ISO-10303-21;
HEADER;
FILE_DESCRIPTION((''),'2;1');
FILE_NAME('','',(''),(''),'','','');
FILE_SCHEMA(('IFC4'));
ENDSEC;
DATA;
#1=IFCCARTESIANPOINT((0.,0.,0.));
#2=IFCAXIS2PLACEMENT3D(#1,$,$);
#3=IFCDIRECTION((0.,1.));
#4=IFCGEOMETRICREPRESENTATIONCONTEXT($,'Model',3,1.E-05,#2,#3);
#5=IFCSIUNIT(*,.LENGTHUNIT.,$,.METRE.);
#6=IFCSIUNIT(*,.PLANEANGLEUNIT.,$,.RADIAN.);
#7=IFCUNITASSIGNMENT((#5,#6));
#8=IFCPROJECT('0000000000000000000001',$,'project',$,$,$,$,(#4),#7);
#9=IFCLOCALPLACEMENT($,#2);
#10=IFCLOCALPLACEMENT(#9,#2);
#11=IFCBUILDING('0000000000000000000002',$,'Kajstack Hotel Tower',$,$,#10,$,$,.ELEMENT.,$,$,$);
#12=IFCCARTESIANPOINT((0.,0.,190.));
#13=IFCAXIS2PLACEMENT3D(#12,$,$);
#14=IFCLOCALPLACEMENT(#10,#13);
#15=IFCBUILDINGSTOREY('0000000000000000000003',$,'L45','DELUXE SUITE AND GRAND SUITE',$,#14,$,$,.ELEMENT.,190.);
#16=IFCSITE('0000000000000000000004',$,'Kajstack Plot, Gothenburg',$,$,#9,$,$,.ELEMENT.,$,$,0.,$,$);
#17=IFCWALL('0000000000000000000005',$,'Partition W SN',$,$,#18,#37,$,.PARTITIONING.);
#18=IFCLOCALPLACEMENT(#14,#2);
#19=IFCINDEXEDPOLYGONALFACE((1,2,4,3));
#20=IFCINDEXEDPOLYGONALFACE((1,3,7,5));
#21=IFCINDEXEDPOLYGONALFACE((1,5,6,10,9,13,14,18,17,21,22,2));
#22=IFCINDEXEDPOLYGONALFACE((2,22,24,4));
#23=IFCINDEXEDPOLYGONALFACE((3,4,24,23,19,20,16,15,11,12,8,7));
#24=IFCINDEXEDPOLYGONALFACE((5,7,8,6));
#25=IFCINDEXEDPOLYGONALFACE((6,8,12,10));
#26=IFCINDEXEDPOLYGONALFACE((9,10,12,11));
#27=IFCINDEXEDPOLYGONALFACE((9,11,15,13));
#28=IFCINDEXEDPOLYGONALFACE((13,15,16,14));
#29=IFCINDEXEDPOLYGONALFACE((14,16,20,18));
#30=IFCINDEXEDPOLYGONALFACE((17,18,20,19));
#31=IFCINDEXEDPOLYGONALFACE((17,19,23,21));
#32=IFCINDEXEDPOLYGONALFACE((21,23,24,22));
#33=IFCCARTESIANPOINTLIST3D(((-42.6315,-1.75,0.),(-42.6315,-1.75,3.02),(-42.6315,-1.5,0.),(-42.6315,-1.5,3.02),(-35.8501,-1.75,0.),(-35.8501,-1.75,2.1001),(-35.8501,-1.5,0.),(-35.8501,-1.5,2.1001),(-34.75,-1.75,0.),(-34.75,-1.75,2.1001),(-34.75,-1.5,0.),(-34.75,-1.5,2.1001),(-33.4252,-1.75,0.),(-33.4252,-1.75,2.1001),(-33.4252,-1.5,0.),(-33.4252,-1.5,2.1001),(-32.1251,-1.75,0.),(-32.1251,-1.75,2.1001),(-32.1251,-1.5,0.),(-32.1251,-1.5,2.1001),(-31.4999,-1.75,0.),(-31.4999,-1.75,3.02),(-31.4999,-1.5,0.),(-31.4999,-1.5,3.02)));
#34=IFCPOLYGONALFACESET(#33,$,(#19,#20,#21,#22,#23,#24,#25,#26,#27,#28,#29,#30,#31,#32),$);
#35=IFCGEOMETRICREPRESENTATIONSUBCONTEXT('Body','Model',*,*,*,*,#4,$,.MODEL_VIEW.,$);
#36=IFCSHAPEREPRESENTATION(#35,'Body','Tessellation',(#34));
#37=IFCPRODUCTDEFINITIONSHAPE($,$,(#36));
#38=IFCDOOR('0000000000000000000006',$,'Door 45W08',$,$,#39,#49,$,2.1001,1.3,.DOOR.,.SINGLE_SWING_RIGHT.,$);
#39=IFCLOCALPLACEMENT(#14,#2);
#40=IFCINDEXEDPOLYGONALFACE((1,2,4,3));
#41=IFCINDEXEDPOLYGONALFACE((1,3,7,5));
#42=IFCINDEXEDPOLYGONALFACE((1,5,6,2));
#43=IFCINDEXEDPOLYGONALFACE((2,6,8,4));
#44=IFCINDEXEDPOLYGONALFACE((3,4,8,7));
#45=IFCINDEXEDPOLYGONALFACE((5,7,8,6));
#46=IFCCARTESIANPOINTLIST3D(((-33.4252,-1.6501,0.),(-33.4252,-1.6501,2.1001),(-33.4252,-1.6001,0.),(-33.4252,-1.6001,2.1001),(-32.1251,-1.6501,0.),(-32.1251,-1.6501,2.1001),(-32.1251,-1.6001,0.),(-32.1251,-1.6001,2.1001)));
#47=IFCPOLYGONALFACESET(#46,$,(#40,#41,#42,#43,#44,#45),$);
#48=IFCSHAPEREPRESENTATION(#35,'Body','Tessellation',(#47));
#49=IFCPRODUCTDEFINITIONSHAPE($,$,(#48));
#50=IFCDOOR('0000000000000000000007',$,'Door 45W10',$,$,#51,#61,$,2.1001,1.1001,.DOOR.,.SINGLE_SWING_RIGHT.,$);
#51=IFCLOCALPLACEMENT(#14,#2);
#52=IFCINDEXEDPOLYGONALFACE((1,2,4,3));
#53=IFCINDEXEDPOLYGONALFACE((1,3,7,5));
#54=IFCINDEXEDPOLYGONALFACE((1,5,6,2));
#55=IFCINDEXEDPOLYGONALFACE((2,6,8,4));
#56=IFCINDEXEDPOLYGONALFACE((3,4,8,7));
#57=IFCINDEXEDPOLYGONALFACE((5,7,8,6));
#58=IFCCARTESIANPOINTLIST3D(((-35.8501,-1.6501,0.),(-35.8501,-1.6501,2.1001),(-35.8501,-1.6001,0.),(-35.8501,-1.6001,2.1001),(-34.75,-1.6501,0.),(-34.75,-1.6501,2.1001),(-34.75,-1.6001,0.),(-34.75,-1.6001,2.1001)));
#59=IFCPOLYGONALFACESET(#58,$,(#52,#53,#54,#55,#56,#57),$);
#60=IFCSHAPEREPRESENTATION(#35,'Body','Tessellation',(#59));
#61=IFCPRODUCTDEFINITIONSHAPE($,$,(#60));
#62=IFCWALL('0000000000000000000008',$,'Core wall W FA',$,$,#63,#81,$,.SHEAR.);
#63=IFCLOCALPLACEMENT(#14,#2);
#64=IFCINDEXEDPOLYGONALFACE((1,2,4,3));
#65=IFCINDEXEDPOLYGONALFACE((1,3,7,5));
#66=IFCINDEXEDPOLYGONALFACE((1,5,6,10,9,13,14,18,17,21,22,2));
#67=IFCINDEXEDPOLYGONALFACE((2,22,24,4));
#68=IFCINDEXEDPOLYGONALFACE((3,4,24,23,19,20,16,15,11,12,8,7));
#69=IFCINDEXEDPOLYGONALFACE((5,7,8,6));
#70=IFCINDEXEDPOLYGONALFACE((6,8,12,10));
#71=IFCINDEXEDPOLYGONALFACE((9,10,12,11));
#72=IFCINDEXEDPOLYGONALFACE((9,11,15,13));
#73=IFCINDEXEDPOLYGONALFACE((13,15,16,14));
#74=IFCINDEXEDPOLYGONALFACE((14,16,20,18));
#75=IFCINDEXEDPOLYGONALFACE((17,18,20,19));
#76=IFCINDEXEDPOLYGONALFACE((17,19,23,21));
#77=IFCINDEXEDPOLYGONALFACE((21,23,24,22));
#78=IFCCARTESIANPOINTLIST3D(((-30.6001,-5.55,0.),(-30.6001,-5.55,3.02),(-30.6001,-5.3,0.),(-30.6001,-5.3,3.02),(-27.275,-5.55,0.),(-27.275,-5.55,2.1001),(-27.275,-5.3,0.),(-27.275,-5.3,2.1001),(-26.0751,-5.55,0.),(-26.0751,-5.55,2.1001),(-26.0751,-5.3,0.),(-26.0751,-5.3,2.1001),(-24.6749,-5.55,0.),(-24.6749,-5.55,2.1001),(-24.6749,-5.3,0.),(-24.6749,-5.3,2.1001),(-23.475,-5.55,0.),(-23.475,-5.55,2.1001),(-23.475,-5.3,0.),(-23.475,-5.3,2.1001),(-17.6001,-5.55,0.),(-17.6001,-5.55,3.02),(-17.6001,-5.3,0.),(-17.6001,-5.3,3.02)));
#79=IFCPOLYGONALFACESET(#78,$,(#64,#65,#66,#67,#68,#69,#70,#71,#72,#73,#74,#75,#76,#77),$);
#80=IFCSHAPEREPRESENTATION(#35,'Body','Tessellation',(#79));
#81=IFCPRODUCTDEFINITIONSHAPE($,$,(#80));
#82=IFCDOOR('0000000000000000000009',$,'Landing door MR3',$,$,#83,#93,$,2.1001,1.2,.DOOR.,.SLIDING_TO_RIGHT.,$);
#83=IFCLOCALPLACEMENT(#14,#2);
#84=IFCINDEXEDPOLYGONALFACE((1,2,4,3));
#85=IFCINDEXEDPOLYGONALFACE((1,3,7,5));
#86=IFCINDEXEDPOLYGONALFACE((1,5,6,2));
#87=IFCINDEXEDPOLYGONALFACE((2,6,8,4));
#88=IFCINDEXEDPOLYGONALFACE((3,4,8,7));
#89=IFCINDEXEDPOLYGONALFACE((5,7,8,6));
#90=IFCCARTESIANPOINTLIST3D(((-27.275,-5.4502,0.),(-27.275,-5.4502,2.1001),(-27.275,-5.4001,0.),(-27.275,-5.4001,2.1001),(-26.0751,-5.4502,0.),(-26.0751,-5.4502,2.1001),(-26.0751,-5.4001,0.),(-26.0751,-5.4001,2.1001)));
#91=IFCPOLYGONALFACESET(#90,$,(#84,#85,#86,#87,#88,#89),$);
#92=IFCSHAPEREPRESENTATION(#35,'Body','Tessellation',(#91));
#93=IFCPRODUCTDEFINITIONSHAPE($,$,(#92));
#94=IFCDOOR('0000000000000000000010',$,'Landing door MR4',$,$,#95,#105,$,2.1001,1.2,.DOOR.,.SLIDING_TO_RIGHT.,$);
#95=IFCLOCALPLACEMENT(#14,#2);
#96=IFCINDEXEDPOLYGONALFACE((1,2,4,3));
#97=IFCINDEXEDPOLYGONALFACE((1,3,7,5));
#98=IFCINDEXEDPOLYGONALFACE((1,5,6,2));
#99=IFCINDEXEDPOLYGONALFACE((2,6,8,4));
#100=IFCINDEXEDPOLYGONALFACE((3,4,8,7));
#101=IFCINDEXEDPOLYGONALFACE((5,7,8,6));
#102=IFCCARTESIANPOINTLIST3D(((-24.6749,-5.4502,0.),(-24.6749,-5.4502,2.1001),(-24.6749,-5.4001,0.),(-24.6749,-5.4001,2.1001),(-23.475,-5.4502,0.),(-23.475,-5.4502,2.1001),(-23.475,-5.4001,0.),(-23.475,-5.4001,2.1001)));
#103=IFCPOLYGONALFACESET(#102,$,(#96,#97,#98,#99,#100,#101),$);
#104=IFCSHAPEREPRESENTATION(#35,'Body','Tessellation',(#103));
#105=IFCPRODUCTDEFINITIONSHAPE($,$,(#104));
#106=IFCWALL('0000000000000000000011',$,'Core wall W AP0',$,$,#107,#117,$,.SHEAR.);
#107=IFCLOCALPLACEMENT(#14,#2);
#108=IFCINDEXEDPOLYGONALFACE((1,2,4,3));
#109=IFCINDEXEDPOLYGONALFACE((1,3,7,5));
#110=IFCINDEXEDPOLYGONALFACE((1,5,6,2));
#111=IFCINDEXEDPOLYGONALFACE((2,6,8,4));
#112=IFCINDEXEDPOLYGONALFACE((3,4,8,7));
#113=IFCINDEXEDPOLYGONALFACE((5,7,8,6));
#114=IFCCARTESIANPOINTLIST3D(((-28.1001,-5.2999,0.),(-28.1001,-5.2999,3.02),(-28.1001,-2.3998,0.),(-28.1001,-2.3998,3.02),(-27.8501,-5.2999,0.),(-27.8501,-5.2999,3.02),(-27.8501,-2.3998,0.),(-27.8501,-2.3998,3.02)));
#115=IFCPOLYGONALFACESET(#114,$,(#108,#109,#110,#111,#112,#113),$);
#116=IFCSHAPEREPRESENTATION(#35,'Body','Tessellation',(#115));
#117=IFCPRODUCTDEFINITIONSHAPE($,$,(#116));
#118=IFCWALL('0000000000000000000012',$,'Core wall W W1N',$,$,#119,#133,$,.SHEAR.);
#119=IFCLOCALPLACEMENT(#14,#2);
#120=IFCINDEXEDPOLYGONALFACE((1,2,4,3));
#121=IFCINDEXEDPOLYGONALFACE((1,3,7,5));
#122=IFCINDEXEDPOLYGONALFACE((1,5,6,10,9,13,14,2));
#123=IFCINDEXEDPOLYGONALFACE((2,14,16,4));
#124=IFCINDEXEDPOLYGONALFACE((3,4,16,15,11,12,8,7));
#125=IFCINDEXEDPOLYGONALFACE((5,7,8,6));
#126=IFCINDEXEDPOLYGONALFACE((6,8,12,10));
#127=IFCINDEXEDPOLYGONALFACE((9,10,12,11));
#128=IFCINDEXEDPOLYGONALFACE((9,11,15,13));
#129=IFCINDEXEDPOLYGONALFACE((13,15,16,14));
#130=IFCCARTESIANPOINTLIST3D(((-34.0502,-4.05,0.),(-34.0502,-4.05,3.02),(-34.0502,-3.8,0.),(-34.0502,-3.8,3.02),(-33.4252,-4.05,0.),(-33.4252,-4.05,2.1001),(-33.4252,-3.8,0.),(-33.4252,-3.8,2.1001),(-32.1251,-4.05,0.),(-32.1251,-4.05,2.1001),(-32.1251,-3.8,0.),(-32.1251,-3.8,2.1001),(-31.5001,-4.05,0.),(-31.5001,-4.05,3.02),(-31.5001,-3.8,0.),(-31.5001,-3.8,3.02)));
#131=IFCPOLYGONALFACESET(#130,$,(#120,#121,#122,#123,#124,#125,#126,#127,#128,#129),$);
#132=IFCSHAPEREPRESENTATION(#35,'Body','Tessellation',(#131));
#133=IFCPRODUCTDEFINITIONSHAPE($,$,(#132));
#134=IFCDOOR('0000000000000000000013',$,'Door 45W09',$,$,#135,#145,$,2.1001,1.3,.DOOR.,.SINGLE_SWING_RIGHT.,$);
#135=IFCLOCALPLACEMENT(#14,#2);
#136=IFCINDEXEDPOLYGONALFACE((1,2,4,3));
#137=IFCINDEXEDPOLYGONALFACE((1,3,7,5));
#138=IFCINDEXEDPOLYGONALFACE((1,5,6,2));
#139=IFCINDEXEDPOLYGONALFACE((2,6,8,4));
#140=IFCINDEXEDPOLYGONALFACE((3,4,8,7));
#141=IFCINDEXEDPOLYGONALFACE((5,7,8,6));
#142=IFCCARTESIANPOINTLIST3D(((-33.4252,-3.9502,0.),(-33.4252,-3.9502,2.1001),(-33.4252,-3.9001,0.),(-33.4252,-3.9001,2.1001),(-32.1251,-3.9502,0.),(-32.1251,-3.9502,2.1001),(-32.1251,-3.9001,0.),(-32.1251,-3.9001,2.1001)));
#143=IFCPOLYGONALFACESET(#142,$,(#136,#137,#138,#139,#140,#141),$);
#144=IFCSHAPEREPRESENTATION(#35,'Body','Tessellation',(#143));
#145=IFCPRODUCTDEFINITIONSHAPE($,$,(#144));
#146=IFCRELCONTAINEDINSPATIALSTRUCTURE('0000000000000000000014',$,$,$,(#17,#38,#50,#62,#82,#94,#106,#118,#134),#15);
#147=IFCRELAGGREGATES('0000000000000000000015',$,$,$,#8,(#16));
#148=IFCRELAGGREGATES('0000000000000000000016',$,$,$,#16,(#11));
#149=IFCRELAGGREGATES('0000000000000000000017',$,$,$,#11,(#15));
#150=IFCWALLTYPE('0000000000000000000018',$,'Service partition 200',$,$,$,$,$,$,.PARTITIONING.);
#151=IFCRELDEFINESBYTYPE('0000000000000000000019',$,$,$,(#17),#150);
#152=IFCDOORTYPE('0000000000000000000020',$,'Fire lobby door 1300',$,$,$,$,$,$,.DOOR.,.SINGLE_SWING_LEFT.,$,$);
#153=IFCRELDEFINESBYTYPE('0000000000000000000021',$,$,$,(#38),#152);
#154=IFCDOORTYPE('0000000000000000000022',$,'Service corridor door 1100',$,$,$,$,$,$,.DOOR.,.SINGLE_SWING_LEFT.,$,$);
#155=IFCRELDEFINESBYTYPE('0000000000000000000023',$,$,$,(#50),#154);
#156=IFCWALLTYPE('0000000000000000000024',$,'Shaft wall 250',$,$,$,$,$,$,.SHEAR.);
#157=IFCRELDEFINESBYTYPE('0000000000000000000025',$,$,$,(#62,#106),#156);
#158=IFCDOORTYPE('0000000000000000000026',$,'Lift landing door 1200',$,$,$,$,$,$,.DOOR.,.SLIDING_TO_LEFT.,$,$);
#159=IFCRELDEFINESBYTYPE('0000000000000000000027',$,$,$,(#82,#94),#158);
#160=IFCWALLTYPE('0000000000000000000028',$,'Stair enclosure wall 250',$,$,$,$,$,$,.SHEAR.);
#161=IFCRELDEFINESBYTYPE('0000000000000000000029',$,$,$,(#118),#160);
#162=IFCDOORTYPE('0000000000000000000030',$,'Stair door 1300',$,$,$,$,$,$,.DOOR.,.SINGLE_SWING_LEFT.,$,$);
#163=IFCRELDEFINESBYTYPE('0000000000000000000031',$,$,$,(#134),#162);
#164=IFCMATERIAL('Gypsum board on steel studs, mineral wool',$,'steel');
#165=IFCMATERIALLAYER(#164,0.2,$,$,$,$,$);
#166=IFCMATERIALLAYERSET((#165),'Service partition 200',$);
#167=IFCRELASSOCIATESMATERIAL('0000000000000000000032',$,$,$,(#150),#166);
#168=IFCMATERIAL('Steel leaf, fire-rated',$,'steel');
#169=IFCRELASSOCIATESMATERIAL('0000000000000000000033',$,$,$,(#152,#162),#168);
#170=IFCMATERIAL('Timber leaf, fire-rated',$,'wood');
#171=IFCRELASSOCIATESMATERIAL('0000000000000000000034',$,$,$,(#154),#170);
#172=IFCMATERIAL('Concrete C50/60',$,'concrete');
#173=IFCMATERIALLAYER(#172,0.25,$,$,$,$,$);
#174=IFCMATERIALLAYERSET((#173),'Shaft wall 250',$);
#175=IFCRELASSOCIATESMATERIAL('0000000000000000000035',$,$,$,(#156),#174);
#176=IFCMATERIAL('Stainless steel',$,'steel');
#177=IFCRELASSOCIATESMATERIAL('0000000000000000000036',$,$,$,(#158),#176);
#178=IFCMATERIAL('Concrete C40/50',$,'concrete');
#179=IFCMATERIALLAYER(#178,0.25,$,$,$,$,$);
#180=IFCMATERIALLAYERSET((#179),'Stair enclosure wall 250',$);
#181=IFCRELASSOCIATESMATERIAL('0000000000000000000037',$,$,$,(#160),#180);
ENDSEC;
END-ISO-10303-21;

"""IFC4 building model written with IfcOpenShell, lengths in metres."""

from ifc_helpers import new_model, si_unit, direction, frame, frame_2d, origin, place, context, subcontext, project, spatial, rectangle, extrude, material, layer, layer_set, type_object, element, fill, save


model = new_model("IFC4")

# Units and contexts
model_context = context("Model", 3, precision=1e-05, world=origin(), true_north=direction((0.0, 1.0)))
body_context = subcontext(model_context, "Body", "Model", "MODEL_VIEW")
ifc_project = project(units=[si_unit("LENGTHUNIT", "METRE"), si_unit("PLANEANGLEUNIT", "RADIAN")], contexts=[model_context])

# Site, building, storey
site_placement = place(None, origin())
site = spatial("IfcSite", under=ifc_project, at=site_placement, Name="Kajstack Plot, Gothenburg", CompositionType="ELEMENT", RefElevation=0.0)
building_placement = place(site_placement, origin())
building = spatial("IfcBuilding", under=site, at=building_placement, Name="Kajstack Hotel Tower", CompositionType="ELEMENT")
storey_placement = place(building_placement, frame((0.0, 0.0, 190.0)))
storey = spatial("IfcBuildingStorey", under=building, at=storey_placement, Name="L45", Description="DELUXE SUITE AND GRAND SUITE", CompositionType="ELEMENT", Elevation=190.0)

# Shared definitions
ifc_material_1 = material(Name="Gypsum board on steel studs, mineral wool", Category="steel")

# Shared definitions
ifc_material_2 = material(Name="Concrete C50/60", Category="concrete")

# Walls, openings, doors
ifc_layer_1 = layer(ifc_material_1, 0.2)
ifc_layer_set_1 = layer_set([ifc_layer_1], Name="Service partition 200")
wall_type_1 = type_object("IfcWallType", Name="Service partition 200", PredefinedType="PARTITIONING", material=ifc_layer_set_1)
wall_1_placement = place(storey_placement, frame((-42.6316, -1.625, 0.0), z_axis=(0.0, 0.0, 1.0), x_axis=(1.0, 0.0, 0.0)))
wall_1 = element("IfcWall", 1, at=wall_1_placement, inside=storey, type_object=wall_type_1, Name="Partition W SN", PredefinedType="PARTITIONING", context=body_context, shape_type="SweptSolid", body=[
    extrude(rectangle(XDim=11.1316, YDim=0.25, at=frame_2d((5.5659, 0.0))), origin(), (0.0, 0.0, 1.0), 3.02),
])
opening_1_placement = place(wall_1_placement, frame((9.2065, 0.0, 0.0)))
opening_1 = element("IfcOpeningElement", 2, at=opening_1_placement, cuts=wall_1, PredefinedType="OPENING", context=body_context, shape_type="SweptSolid", body=[
    extrude(rectangle(XDim=1.3, YDim=2.1001, at=frame_2d((0.6499, 1.05))), frame((0.0, 0.135, 0.0), z_axis=(0.0, -1.0, 0.0), x_axis=(1.0, 0.0, 0.0)), (0.0, 0.0, 1.0), 0.27),
])
opening_2_placement = place(wall_1_placement, frame((6.7815, 0.0, 0.0)))
opening_2 = element("IfcOpeningElement", 3, at=opening_2_placement, cuts=wall_1, PredefinedType="OPENING", context=body_context, shape_type="SweptSolid", body=[
    extrude(rectangle(XDim=1.1001, YDim=2.1001, at=frame_2d((0.55, 1.05))), frame((0.0, 0.135, 0.0), z_axis=(0.0, -1.0, 0.0), x_axis=(1.0, 0.0, 0.0)), (0.0, 0.0, 1.0), 0.27),
])
ifc_material_3 = material(Name="Steel leaf, fire-rated", Category="steel")
door_type_1 = type_object("IfcDoorType", Name="Fire lobby door 1300", OperationType="SINGLE_SWING_LEFT", PredefinedType="DOOR", material=ifc_material_3)
door_1_placement = place(opening_1_placement, origin())
door_1 = element("IfcDoor", 4, at=door_1_placement, inside=storey, type_object=door_type_1, Name="Door 45W08", OperationType="SINGLE_SWING_RIGHT", OverallHeight=2.1001, OverallWidth=1.3, PredefinedType="DOOR", context=body_context, shape_type="SweptSolid", body=[
    extrude(rectangle(XDim=1.3, YDim=2.1001, at=frame_2d((0.6499, 1.05))), frame((0.0, 0.0249, 0.0), z_axis=(0.0, -1.0, 0.0), x_axis=(1.0, 0.0, 0.0)), (0.0, 0.0, 1.0), 0.05),
])
fill(opening_1, door_1)
ifc_material_4 = material(Name="Timber leaf, fire-rated", Category="wood")
door_type_2 = type_object("IfcDoorType", Name="Service corridor door 1100", OperationType="SINGLE_SWING_LEFT", PredefinedType="DOOR", material=ifc_material_4)
door_2_placement = place(opening_2_placement, origin())
door_2 = element("IfcDoor", 5, at=door_2_placement, inside=storey, type_object=door_type_2, Name="Door 45W10", OperationType="SINGLE_SWING_RIGHT", OverallHeight=2.1001, OverallWidth=1.1001, PredefinedType="DOOR", context=body_context, shape_type="SweptSolid", body=[
    extrude(rectangle(XDim=1.1001, YDim=2.1001, at=frame_2d((0.55, 1.05))), frame((0.0, 0.0249, 0.0), z_axis=(0.0, -1.0, 0.0), x_axis=(1.0, 0.0, 0.0)), (0.0, 0.0, 1.0), 0.05),
])
fill(opening_2, door_2)
ifc_layer_2 = layer(ifc_material_2, 0.25)
ifc_layer_set_2 = layer_set([ifc_layer_2], Name="Shaft wall 250")
wall_type_2 = type_object("IfcWallType", Name="Shaft wall 250", PredefinedType="SHEAR", material=ifc_layer_set_2)
wall_2_placement = place(storey_placement, frame((-30.6001, -5.425, 0.0), z_axis=(0.0, 0.0, 1.0), x_axis=(1.0, 0.0, 0.0)))
wall_2 = element("IfcWall", 6, at=wall_2_placement, inside=storey, type_object=wall_type_2, Name="Core wall W FA", PredefinedType="SHEAR", context=body_context, shape_type="SweptSolid", body=[
    extrude(rectangle(XDim=13.0, YDim=0.25, at=frame_2d((6.5, 0.0))), origin(), (0.0, 0.0, 1.0), 3.02),
])
opening_3_placement = place(wall_2_placement, frame((3.325, 0.0, 0.0)))
opening_3 = element("IfcOpeningElement", 7, at=opening_3_placement, cuts=wall_2, PredefinedType="OPENING", context=body_context, shape_type="SweptSolid", body=[
    extrude(rectangle(XDim=1.2, YDim=2.1001, at=frame_2d((0.6001, 1.05))), frame((0.0, 0.135, 0.0), z_axis=(0.0, -1.0, 0.0), x_axis=(1.0, 0.0, 0.0)), (0.0, 0.0, 1.0), 0.27),
])
opening_4_placement = place(wall_2_placement, frame((5.925, 0.0, 0.0)))
opening_4 = element("IfcOpeningElement", 8, at=opening_4_placement, cuts=wall_2, PredefinedType="OPENING", context=body_context, shape_type="SweptSolid", body=[
    extrude(rectangle(XDim=1.2, YDim=2.1001, at=frame_2d((0.6001, 1.05))), frame((0.0, 0.135, 0.0), z_axis=(0.0, -1.0, 0.0), x_axis=(1.0, 0.0, 0.0)), (0.0, 0.0, 1.0), 0.27),
])
ifc_material_5 = material(Name="Stainless steel", Category="steel")
door_type_3 = type_object("IfcDoorType", Name="Lift landing door 1200", OperationType="SLIDING_TO_LEFT", PredefinedType="DOOR", material=ifc_material_5)
door_3_placement = place(opening_3_placement, origin())
door_3 = element("IfcDoor", 9, at=door_3_placement, inside=storey, type_object=door_type_3, Name="Landing door MR3", OperationType="SLIDING_TO_RIGHT", OverallHeight=2.1001, OverallWidth=1.2, PredefinedType="DOOR", context=body_context, shape_type="SweptSolid", body=[
    extrude(rectangle(XDim=1.2, YDim=2.1001, at=frame_2d((0.6001, 1.05))), frame((0.0, 0.0249, 0.0), z_axis=(0.0, -1.0, 0.0), x_axis=(1.0, 0.0, 0.0)), (0.0, 0.0, 1.0), 0.05),
])
fill(opening_3, door_3)
door_4_placement = place(opening_4_placement, origin())
door_4 = element("IfcDoor", 10, at=door_4_placement, inside=storey, type_object=door_type_3, Name="Landing door MR4", OperationType="SLIDING_TO_RIGHT", OverallHeight=2.1001, OverallWidth=1.2, PredefinedType="DOOR", context=body_context, shape_type="SweptSolid", body=[
    extrude(rectangle(XDim=1.2, YDim=2.1001, at=frame_2d((0.6001, 1.05))), frame((0.0, 0.0249, 0.0), z_axis=(0.0, -1.0, 0.0), x_axis=(1.0, 0.0, 0.0)), (0.0, 0.0, 1.0), 0.05),
])
fill(opening_4, door_4)

# Wall
wall_3_placement = place(storey_placement, frame((-27.9751, -5.3, 0.0), z_axis=(0.0, 0.0, 1.0), x_axis=(0.0, 1.0, 0.0)))
element("IfcWall", 11, at=wall_3_placement, inside=storey, type_object=wall_type_2, Name="Core wall W AP0", PredefinedType="SHEAR", context=body_context, shape_type="SweptSolid", body=[
    extrude(rectangle(XDim=2.9001, YDim=0.25, at=frame_2d((1.4502, 0.0))), origin(), (0.0, 0.0, 1.0), 3.02),
])

# Wall, opening, door
ifc_material_6 = material(Name="Concrete C40/50", Category="concrete")
ifc_layer_3 = layer(ifc_material_6, 0.25)
ifc_layer_set_3 = layer_set([ifc_layer_3], Name="Stair enclosure wall 250")
wall_type_3 = type_object("IfcWallType", Name="Stair enclosure wall 250", PredefinedType="SHEAR", material=ifc_layer_set_3)
wall_4_placement = place(storey_placement, frame((-34.05, -3.925, 0.0), z_axis=(0.0, 0.0, 1.0), x_axis=(1.0, 0.0, 0.0)))
wall_4 = element("IfcWall", 12, at=wall_4_placement, inside=storey, type_object=wall_type_3, Name="Core wall W W1N", PredefinedType="SHEAR", context=body_context, shape_type="SweptSolid", body=[
    extrude(rectangle(XDim=2.55, YDim=0.25, at=frame_2d((1.2749, 0.0))), origin(), (0.0, 0.0, 1.0), 3.02),
])
opening_5_placement = place(wall_4_placement, frame((0.625, 0.0, 0.0)))
opening_5 = element("IfcOpeningElement", 13, at=opening_5_placement, cuts=wall_4, PredefinedType="OPENING", context=body_context, shape_type="SweptSolid", body=[
    extrude(rectangle(XDim=1.3, YDim=2.1001, at=frame_2d((0.6499, 1.05))), frame((0.0, 0.135, 0.0), z_axis=(0.0, -1.0, 0.0), x_axis=(1.0, 0.0, 0.0)), (0.0, 0.0, 1.0), 0.27),
])
door_type_4 = type_object("IfcDoorType", Name="Stair door 1300", OperationType="SINGLE_SWING_LEFT", PredefinedType="DOOR", material=ifc_material_3)
door_5_placement = place(opening_5_placement, origin())
door_5 = element("IfcDoor", 14, at=door_5_placement, inside=storey, type_object=door_type_4, Name="Door 45W09", OperationType="SINGLE_SWING_RIGHT", OverallHeight=2.1001, OverallWidth=1.3, PredefinedType="DOOR", context=body_context, shape_type="SweptSolid", body=[
    extrude(rectangle(XDim=1.3, YDim=2.1001, at=frame_2d((0.6499, 1.05))), frame((0.0, 0.0249, 0.0), z_axis=(0.0, -1.0, 0.0), x_axis=(1.0, 0.0, 0.0)), (0.0, 0.0, 1.0), 0.05),
])
fill(opening_5, door_5)

save(model, "model.ifc")
